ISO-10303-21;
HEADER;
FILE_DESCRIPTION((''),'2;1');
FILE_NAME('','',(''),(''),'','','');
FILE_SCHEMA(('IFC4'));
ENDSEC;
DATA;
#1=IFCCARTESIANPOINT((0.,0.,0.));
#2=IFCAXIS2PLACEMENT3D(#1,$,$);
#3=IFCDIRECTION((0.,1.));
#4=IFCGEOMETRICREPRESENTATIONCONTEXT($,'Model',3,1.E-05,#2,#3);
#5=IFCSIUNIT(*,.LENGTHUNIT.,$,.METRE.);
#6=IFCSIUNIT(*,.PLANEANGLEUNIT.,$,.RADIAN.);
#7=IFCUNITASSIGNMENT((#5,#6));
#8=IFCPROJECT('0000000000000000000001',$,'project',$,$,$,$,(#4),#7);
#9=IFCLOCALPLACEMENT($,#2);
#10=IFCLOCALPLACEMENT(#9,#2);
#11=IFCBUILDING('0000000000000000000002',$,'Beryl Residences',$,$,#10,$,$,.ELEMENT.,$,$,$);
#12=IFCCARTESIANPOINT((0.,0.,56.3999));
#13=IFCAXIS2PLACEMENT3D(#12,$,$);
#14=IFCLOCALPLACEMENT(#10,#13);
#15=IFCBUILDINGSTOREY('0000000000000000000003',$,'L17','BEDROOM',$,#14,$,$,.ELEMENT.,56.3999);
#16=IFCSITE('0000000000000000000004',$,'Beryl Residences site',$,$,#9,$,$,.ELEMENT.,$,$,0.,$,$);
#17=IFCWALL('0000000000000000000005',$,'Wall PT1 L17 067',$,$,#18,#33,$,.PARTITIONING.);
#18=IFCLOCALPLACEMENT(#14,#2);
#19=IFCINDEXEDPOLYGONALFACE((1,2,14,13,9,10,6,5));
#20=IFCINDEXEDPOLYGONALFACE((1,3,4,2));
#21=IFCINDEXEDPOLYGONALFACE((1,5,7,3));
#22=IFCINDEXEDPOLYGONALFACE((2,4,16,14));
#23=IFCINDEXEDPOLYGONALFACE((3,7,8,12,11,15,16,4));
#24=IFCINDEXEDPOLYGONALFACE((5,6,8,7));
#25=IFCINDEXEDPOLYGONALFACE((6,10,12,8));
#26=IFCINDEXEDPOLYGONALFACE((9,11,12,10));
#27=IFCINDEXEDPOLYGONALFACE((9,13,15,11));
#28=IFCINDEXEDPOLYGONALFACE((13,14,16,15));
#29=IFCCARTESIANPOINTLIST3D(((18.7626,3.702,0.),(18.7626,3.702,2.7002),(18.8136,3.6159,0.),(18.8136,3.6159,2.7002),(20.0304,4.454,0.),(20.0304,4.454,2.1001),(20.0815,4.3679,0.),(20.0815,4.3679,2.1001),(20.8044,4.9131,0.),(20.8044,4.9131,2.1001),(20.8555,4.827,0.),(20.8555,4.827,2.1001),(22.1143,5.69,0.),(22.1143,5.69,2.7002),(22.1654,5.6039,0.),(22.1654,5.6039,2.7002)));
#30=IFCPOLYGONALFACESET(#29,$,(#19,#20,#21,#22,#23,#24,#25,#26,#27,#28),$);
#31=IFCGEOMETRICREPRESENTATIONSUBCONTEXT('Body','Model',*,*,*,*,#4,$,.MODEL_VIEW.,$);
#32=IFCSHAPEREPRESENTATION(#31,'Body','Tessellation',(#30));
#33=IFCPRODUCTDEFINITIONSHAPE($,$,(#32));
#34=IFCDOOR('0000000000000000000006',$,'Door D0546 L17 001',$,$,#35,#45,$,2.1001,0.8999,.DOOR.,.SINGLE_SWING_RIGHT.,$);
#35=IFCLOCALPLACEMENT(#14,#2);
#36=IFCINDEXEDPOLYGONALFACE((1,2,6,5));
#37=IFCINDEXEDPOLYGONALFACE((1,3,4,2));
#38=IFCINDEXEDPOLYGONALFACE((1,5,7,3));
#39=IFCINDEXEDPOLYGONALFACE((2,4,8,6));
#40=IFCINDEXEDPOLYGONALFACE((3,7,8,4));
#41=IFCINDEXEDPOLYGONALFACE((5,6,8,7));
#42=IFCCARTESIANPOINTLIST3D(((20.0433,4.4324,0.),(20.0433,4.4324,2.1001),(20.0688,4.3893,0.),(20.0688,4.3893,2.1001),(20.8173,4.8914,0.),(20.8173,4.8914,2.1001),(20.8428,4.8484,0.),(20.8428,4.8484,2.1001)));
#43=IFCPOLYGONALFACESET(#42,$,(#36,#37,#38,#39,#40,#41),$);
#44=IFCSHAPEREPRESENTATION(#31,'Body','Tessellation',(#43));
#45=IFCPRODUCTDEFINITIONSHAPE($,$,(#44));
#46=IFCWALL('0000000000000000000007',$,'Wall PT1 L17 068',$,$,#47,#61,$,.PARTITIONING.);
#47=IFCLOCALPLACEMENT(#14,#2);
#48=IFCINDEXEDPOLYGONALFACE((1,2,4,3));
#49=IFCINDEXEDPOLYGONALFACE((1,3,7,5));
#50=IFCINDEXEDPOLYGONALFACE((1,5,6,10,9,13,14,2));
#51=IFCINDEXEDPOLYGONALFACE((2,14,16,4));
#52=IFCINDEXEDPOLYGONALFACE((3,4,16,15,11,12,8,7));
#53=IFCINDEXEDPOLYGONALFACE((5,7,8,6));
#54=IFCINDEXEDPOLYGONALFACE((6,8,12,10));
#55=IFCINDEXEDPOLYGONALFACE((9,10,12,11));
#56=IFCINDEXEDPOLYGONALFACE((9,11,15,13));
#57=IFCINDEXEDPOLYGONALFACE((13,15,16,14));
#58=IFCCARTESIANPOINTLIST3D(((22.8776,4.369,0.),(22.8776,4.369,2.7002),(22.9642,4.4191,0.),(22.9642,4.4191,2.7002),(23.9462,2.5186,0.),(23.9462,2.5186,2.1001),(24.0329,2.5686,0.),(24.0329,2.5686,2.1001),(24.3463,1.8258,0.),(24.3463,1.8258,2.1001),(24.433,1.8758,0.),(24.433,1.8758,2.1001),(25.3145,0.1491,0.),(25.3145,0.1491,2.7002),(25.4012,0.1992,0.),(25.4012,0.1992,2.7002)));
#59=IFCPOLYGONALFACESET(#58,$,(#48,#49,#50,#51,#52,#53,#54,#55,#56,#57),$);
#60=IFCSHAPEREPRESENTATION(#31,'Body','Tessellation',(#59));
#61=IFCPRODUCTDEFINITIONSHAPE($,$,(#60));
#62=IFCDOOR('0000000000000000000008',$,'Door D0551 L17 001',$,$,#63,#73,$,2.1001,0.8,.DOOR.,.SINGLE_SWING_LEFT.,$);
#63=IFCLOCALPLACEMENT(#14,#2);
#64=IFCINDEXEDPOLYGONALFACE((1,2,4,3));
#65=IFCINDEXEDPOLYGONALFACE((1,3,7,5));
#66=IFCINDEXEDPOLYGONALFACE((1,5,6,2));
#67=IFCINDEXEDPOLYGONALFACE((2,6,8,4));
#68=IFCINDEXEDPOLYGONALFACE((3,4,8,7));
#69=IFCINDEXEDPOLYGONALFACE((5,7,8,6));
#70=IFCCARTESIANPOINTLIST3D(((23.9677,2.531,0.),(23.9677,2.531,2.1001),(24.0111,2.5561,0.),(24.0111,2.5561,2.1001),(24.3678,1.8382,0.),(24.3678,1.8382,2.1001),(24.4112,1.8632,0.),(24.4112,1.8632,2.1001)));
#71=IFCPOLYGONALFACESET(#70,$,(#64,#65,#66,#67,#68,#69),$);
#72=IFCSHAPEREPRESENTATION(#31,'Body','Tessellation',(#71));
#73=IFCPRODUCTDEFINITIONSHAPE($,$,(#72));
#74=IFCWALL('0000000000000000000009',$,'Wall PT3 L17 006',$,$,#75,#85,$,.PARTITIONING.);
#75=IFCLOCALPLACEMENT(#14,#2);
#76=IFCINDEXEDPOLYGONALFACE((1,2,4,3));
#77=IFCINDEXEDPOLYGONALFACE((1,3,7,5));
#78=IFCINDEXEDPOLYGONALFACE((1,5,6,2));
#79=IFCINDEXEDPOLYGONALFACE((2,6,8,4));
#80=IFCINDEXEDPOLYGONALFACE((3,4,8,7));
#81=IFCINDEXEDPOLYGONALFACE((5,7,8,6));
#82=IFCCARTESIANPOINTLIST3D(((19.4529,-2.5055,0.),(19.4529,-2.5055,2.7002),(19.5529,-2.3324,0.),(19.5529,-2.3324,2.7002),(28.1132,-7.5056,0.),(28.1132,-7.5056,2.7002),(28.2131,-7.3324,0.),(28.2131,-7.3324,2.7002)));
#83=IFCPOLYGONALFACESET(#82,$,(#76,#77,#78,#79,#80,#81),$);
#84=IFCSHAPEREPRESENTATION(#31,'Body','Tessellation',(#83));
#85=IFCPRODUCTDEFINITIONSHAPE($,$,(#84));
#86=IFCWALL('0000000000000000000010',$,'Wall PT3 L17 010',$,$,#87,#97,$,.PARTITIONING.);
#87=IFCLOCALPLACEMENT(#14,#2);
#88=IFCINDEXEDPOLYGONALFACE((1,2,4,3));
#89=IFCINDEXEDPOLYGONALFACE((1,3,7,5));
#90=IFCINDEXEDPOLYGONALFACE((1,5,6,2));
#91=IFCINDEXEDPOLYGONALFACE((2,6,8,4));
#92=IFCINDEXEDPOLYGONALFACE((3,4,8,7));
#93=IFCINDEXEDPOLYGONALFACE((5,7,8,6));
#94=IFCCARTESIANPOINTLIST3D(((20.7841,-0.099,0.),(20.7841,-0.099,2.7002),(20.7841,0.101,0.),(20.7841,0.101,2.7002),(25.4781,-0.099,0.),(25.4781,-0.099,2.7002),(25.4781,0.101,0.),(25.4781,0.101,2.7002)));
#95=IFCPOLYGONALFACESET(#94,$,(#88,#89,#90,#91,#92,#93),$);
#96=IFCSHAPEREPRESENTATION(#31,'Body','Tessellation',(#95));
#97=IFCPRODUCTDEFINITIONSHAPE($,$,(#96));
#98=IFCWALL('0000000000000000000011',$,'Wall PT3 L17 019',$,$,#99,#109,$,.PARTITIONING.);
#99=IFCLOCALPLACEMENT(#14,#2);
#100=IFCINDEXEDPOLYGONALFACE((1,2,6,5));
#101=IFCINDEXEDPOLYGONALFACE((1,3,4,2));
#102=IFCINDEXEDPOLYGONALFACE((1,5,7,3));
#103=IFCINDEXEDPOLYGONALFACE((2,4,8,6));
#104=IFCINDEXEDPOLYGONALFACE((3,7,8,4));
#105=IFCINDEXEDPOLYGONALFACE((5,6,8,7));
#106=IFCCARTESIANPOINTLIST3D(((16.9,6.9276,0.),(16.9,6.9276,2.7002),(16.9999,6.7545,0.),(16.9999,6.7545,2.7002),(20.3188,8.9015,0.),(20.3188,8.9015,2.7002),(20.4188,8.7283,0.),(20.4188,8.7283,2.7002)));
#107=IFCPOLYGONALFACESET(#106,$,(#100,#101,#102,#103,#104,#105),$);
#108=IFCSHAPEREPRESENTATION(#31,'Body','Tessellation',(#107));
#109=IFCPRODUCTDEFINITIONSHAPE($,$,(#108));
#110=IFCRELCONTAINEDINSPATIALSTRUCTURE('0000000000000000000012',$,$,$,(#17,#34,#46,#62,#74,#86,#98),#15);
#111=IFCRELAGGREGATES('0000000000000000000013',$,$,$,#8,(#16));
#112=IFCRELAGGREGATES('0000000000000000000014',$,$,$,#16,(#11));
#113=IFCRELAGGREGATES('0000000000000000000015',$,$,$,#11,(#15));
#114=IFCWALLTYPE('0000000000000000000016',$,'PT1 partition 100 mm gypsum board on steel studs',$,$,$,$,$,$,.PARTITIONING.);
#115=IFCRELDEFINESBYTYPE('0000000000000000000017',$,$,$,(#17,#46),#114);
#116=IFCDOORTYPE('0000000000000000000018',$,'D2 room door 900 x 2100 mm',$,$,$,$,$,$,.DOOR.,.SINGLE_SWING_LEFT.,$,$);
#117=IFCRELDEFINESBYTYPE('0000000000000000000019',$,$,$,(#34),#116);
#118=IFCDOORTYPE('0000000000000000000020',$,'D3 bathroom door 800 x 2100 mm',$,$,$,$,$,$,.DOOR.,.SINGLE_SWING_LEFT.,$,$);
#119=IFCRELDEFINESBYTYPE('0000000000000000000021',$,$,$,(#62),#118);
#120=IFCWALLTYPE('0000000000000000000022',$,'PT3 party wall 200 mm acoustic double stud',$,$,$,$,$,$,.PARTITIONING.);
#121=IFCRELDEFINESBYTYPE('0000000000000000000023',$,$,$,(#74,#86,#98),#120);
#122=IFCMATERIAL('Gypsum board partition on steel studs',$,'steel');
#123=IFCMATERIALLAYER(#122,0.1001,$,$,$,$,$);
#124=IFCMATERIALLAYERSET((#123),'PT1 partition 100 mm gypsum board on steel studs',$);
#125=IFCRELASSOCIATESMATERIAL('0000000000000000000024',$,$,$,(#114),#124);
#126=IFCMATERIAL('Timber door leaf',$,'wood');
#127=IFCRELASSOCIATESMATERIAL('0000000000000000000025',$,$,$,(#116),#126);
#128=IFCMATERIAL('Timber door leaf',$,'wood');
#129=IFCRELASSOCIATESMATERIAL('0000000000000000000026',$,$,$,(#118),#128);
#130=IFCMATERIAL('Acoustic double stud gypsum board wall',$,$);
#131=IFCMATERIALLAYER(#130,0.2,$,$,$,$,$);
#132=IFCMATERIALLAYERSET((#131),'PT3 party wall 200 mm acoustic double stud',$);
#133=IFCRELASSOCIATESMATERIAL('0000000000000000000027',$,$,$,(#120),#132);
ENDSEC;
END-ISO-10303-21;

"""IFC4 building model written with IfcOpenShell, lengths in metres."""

from ifc_helpers import new_model, si_unit, direction, frame, frame_2d, origin, place, context, subcontext, project, spatial, rectangle, extrude, material, layer, layer_set, type_object, element, fill, save


model = new_model("IFC4")

# Units and contexts
model_context = context("Model", 3, precision=1e-05, world=origin(), true_north=direction((0.0, 1.0)))
body_context = subcontext(model_context, "Body", "Model", "MODEL_VIEW")
ifc_project = project(units=[si_unit("LENGTHUNIT", "METRE"), si_unit("PLANEANGLEUNIT", "RADIAN")], contexts=[model_context])

# Site, building, storey
site_placement = place(None, origin())
site = spatial("IfcSite", under=ifc_project, at=site_placement, Name="Beryl Residences site", CompositionType="ELEMENT", RefElevation=0.0)
building_placement = place(site_placement, origin())
building = spatial("IfcBuilding", under=site, at=building_placement, Name="Beryl Residences", CompositionType="ELEMENT")
storey_placement = place(building_placement, frame((0.0, 0.0, 56.3999)))
storey = spatial("IfcBuildingStorey", under=building, at=storey_placement, Name="L17", Description="BEDROOM", CompositionType="ELEMENT", Elevation=56.3999)

# Walls, openings, doors
ifc_material_1 = material(Name="Gypsum board partition on steel studs", Category="steel")
ifc_layer_1 = layer(ifc_material_1, 0.1001)
ifc_layer_set_1 = layer_set([ifc_layer_1], Name="PT1 partition 100 mm gypsum board on steel studs")
wall_type_1 = type_object("IfcWallType", Name="PT1 partition 100 mm gypsum board on steel studs", PredefinedType="PARTITIONING", material=ifc_layer_set_1)
ifc_material_2 = material(Name="Timber door leaf", Category="wood")
door_type_1 = type_object("IfcDoorType", Name="D2 room door 900 x 2100 mm", OperationType="SINGLE_SWING_LEFT", PredefinedType="DOOR", material=ifc_material_2)
ifc_material_3 = material(Name="Timber door leaf", Category="wood")
door_type_2 = type_object("IfcDoorType", Name="D3 bathroom door 800 x 2100 mm", OperationType="SINGLE_SWING_LEFT", PredefinedType="DOOR", material=ifc_material_3)
wall_1_placement = place(storey_placement, frame((18.7881, 3.6589, 0.0), z_axis=(0.0, 0.0, 1.0), x_axis=(0.860091, 0.510141, 0.0)))
wall_1 = element("IfcWall", 1, at=wall_1_placement, inside=storey, type_object=wall_type_1, Name="Wall PT1 L17 067", PredefinedType="PARTITIONING", context=body_context, shape_type="SweptSolid", body=[
    extrude(rectangle(XDim=3.897, YDim=0.1001, at=frame_2d((1.9485, 0.0))), origin(), (0.0, 0.0, 1.0), 2.7002),
])
opening_1_placement = place(wall_1_placement, frame((1.4741, 0.0, 0.0)))
opening_1 = element("IfcOpeningElement", 2, at=opening_1_placement, cuts=wall_1, PredefinedType="OPENING", context=body_context, shape_type="SweptSolid", body=[
    extrude(rectangle(XDim=0.8999, YDim=2.1001, at=frame_2d((0.45, 1.05))), frame((0.0, 0.0601, 0.0), z_axis=(0.0, -1.0, 0.0), x_axis=(1.0, 0.0, 0.0)), (0.0, 0.0, 1.0), 0.1201),
])
door_1_placement = place(opening_1_placement, origin())
door_1 = element("IfcDoor", 3, at=door_1_placement, inside=storey, type_object=door_type_1, Name="Door D0546 L17 001", OperationType="SINGLE_SWING_RIGHT", OverallHeight=2.1001, OverallWidth=0.8999, PredefinedType="DOOR", context=body_context, shape_type="SweptSolid", body=[
    extrude(rectangle(XDim=0.8999, YDim=2.1001, at=frame_2d((0.45, 1.05))), frame((0.0, 0.0249, 0.0), z_axis=(0.0, -1.0, 0.0), x_axis=(1.0, 0.0, 0.0)), (0.0, 0.0, 1.0), 0.05),
])
fill(opening_1, door_1)
wall_2_placement = place(storey_placement, frame((22.9209, 4.394, 0.0), z_axis=(0.0, 0.0, 1.0), x_axis=(0.500094, -0.865971, 0.0)))
wall_2 = element("IfcWall", 4, at=wall_2_placement, inside=storey, type_object=wall_type_1, Name="Wall PT1 L17 068", PredefinedType="PARTITIONING", context=body_context, shape_type="SweptSolid", body=[
    extrude(rectangle(XDim=4.873, YDim=0.1001, at=frame_2d((2.4365, 0.0))), origin(), (0.0, 0.0, 1.0), 2.7002),
])
opening_2_placement = place(wall_2_placement, frame((2.137, 0.0, 0.0)))
opening_2 = element("IfcOpeningElement", 5, at=opening_2_placement, cuts=wall_2, PredefinedType="OPENING", context=body_context, shape_type="SweptSolid", body=[
    extrude(rectangle(XDim=0.8, YDim=2.1001, at=frame_2d((0.3999, 1.05))), frame((0.0, 0.0601, 0.0), z_axis=(0.0, -1.0, 0.0), x_axis=(1.0, 0.0, 0.0)), (0.0, 0.0, 1.0), 0.1201),
])
door_2_placement = place(opening_2_placement, origin())
door_2 = element("IfcDoor", 6, at=door_2_placement, inside=storey, type_object=door_type_2, Name="Door D0551 L17 001", OperationType="SINGLE_SWING_LEFT", OverallHeight=2.1001, OverallWidth=0.8, PredefinedType="DOOR", context=body_context, shape_type="SweptSolid", body=[
    extrude(rectangle(XDim=0.8, YDim=2.1001, at=frame_2d((0.3999, 1.05))), frame((0.0, 0.0249, 0.0), z_axis=(0.0, -1.0, 0.0), x_axis=(1.0, 0.0, 0.0)), (0.0, 0.0, 1.0), 0.05),
])
fill(opening_2, door_2)

# Walls
ifc_material_4 = material(Name="Acoustic double stud gypsum board wall")
ifc_layer_2 = layer(ifc_material_4, 0.2)
ifc_layer_set_2 = layer_set([ifc_layer_2], Name="PT3 party wall 200 mm acoustic double stud")
wall_type_2 = type_object("IfcWallType", Name="PT3 party wall 200 mm acoustic double stud", PredefinedType="PARTITIONING", material=ifc_layer_set_2)
wall_3_placement = place(storey_placement, frame((19.5029, -2.4189, 0.0), z_axis=(0.0, 0.0, 1.0), x_axis=(0.866023, -0.500004, 0.0)))
element("IfcWall", 7, at=wall_3_placement, inside=storey, type_object=wall_type_2, Name="Wall PT3 L17 006", PredefinedType="PARTITIONING", context=body_context, shape_type="SweptSolid", body=[
    extrude(rectangle(XDim=10.0, YDim=0.2, at=frame_2d((5.0, 0.0))), origin(), (0.0, 0.0, 1.0), 2.7002),
])
wall_4_placement = place(storey_placement, frame((20.7839, 0.001, 0.0), z_axis=(0.0, 0.0, 1.0), x_axis=(1.0, 0.0, 0.0)))
element("IfcWall", 8, at=wall_4_placement, inside=storey, type_object=wall_type_2, Name="Wall PT3 L17 010", PredefinedType="PARTITIONING", context=body_context, shape_type="SweptSolid", body=[
    extrude(rectangle(XDim=4.6941, YDim=0.2, at=frame_2d((2.3472, 0.0))), origin(), (0.0, 0.0, 1.0), 2.7002),
])
wall_5_placement = place(storey_placement, frame((16.95, 6.8411, 0.0), z_axis=(0.0, 0.0, 1.0), x_axis=(0.866031, 0.49999, 0.0)))
element("IfcWall", 9, at=wall_5_placement, inside=storey, type_object=wall_type_2, Name="Wall PT3 L17 019", PredefinedType="PARTITIONING", context=body_context, shape_type="SweptSolid", body=[
    extrude(rectangle(XDim=3.9478, YDim=0.2, at=frame_2d((1.9739, 0.0))), origin(), (0.0, 0.0, 1.0), 2.7002),
])

save(model, "model.ifc")
